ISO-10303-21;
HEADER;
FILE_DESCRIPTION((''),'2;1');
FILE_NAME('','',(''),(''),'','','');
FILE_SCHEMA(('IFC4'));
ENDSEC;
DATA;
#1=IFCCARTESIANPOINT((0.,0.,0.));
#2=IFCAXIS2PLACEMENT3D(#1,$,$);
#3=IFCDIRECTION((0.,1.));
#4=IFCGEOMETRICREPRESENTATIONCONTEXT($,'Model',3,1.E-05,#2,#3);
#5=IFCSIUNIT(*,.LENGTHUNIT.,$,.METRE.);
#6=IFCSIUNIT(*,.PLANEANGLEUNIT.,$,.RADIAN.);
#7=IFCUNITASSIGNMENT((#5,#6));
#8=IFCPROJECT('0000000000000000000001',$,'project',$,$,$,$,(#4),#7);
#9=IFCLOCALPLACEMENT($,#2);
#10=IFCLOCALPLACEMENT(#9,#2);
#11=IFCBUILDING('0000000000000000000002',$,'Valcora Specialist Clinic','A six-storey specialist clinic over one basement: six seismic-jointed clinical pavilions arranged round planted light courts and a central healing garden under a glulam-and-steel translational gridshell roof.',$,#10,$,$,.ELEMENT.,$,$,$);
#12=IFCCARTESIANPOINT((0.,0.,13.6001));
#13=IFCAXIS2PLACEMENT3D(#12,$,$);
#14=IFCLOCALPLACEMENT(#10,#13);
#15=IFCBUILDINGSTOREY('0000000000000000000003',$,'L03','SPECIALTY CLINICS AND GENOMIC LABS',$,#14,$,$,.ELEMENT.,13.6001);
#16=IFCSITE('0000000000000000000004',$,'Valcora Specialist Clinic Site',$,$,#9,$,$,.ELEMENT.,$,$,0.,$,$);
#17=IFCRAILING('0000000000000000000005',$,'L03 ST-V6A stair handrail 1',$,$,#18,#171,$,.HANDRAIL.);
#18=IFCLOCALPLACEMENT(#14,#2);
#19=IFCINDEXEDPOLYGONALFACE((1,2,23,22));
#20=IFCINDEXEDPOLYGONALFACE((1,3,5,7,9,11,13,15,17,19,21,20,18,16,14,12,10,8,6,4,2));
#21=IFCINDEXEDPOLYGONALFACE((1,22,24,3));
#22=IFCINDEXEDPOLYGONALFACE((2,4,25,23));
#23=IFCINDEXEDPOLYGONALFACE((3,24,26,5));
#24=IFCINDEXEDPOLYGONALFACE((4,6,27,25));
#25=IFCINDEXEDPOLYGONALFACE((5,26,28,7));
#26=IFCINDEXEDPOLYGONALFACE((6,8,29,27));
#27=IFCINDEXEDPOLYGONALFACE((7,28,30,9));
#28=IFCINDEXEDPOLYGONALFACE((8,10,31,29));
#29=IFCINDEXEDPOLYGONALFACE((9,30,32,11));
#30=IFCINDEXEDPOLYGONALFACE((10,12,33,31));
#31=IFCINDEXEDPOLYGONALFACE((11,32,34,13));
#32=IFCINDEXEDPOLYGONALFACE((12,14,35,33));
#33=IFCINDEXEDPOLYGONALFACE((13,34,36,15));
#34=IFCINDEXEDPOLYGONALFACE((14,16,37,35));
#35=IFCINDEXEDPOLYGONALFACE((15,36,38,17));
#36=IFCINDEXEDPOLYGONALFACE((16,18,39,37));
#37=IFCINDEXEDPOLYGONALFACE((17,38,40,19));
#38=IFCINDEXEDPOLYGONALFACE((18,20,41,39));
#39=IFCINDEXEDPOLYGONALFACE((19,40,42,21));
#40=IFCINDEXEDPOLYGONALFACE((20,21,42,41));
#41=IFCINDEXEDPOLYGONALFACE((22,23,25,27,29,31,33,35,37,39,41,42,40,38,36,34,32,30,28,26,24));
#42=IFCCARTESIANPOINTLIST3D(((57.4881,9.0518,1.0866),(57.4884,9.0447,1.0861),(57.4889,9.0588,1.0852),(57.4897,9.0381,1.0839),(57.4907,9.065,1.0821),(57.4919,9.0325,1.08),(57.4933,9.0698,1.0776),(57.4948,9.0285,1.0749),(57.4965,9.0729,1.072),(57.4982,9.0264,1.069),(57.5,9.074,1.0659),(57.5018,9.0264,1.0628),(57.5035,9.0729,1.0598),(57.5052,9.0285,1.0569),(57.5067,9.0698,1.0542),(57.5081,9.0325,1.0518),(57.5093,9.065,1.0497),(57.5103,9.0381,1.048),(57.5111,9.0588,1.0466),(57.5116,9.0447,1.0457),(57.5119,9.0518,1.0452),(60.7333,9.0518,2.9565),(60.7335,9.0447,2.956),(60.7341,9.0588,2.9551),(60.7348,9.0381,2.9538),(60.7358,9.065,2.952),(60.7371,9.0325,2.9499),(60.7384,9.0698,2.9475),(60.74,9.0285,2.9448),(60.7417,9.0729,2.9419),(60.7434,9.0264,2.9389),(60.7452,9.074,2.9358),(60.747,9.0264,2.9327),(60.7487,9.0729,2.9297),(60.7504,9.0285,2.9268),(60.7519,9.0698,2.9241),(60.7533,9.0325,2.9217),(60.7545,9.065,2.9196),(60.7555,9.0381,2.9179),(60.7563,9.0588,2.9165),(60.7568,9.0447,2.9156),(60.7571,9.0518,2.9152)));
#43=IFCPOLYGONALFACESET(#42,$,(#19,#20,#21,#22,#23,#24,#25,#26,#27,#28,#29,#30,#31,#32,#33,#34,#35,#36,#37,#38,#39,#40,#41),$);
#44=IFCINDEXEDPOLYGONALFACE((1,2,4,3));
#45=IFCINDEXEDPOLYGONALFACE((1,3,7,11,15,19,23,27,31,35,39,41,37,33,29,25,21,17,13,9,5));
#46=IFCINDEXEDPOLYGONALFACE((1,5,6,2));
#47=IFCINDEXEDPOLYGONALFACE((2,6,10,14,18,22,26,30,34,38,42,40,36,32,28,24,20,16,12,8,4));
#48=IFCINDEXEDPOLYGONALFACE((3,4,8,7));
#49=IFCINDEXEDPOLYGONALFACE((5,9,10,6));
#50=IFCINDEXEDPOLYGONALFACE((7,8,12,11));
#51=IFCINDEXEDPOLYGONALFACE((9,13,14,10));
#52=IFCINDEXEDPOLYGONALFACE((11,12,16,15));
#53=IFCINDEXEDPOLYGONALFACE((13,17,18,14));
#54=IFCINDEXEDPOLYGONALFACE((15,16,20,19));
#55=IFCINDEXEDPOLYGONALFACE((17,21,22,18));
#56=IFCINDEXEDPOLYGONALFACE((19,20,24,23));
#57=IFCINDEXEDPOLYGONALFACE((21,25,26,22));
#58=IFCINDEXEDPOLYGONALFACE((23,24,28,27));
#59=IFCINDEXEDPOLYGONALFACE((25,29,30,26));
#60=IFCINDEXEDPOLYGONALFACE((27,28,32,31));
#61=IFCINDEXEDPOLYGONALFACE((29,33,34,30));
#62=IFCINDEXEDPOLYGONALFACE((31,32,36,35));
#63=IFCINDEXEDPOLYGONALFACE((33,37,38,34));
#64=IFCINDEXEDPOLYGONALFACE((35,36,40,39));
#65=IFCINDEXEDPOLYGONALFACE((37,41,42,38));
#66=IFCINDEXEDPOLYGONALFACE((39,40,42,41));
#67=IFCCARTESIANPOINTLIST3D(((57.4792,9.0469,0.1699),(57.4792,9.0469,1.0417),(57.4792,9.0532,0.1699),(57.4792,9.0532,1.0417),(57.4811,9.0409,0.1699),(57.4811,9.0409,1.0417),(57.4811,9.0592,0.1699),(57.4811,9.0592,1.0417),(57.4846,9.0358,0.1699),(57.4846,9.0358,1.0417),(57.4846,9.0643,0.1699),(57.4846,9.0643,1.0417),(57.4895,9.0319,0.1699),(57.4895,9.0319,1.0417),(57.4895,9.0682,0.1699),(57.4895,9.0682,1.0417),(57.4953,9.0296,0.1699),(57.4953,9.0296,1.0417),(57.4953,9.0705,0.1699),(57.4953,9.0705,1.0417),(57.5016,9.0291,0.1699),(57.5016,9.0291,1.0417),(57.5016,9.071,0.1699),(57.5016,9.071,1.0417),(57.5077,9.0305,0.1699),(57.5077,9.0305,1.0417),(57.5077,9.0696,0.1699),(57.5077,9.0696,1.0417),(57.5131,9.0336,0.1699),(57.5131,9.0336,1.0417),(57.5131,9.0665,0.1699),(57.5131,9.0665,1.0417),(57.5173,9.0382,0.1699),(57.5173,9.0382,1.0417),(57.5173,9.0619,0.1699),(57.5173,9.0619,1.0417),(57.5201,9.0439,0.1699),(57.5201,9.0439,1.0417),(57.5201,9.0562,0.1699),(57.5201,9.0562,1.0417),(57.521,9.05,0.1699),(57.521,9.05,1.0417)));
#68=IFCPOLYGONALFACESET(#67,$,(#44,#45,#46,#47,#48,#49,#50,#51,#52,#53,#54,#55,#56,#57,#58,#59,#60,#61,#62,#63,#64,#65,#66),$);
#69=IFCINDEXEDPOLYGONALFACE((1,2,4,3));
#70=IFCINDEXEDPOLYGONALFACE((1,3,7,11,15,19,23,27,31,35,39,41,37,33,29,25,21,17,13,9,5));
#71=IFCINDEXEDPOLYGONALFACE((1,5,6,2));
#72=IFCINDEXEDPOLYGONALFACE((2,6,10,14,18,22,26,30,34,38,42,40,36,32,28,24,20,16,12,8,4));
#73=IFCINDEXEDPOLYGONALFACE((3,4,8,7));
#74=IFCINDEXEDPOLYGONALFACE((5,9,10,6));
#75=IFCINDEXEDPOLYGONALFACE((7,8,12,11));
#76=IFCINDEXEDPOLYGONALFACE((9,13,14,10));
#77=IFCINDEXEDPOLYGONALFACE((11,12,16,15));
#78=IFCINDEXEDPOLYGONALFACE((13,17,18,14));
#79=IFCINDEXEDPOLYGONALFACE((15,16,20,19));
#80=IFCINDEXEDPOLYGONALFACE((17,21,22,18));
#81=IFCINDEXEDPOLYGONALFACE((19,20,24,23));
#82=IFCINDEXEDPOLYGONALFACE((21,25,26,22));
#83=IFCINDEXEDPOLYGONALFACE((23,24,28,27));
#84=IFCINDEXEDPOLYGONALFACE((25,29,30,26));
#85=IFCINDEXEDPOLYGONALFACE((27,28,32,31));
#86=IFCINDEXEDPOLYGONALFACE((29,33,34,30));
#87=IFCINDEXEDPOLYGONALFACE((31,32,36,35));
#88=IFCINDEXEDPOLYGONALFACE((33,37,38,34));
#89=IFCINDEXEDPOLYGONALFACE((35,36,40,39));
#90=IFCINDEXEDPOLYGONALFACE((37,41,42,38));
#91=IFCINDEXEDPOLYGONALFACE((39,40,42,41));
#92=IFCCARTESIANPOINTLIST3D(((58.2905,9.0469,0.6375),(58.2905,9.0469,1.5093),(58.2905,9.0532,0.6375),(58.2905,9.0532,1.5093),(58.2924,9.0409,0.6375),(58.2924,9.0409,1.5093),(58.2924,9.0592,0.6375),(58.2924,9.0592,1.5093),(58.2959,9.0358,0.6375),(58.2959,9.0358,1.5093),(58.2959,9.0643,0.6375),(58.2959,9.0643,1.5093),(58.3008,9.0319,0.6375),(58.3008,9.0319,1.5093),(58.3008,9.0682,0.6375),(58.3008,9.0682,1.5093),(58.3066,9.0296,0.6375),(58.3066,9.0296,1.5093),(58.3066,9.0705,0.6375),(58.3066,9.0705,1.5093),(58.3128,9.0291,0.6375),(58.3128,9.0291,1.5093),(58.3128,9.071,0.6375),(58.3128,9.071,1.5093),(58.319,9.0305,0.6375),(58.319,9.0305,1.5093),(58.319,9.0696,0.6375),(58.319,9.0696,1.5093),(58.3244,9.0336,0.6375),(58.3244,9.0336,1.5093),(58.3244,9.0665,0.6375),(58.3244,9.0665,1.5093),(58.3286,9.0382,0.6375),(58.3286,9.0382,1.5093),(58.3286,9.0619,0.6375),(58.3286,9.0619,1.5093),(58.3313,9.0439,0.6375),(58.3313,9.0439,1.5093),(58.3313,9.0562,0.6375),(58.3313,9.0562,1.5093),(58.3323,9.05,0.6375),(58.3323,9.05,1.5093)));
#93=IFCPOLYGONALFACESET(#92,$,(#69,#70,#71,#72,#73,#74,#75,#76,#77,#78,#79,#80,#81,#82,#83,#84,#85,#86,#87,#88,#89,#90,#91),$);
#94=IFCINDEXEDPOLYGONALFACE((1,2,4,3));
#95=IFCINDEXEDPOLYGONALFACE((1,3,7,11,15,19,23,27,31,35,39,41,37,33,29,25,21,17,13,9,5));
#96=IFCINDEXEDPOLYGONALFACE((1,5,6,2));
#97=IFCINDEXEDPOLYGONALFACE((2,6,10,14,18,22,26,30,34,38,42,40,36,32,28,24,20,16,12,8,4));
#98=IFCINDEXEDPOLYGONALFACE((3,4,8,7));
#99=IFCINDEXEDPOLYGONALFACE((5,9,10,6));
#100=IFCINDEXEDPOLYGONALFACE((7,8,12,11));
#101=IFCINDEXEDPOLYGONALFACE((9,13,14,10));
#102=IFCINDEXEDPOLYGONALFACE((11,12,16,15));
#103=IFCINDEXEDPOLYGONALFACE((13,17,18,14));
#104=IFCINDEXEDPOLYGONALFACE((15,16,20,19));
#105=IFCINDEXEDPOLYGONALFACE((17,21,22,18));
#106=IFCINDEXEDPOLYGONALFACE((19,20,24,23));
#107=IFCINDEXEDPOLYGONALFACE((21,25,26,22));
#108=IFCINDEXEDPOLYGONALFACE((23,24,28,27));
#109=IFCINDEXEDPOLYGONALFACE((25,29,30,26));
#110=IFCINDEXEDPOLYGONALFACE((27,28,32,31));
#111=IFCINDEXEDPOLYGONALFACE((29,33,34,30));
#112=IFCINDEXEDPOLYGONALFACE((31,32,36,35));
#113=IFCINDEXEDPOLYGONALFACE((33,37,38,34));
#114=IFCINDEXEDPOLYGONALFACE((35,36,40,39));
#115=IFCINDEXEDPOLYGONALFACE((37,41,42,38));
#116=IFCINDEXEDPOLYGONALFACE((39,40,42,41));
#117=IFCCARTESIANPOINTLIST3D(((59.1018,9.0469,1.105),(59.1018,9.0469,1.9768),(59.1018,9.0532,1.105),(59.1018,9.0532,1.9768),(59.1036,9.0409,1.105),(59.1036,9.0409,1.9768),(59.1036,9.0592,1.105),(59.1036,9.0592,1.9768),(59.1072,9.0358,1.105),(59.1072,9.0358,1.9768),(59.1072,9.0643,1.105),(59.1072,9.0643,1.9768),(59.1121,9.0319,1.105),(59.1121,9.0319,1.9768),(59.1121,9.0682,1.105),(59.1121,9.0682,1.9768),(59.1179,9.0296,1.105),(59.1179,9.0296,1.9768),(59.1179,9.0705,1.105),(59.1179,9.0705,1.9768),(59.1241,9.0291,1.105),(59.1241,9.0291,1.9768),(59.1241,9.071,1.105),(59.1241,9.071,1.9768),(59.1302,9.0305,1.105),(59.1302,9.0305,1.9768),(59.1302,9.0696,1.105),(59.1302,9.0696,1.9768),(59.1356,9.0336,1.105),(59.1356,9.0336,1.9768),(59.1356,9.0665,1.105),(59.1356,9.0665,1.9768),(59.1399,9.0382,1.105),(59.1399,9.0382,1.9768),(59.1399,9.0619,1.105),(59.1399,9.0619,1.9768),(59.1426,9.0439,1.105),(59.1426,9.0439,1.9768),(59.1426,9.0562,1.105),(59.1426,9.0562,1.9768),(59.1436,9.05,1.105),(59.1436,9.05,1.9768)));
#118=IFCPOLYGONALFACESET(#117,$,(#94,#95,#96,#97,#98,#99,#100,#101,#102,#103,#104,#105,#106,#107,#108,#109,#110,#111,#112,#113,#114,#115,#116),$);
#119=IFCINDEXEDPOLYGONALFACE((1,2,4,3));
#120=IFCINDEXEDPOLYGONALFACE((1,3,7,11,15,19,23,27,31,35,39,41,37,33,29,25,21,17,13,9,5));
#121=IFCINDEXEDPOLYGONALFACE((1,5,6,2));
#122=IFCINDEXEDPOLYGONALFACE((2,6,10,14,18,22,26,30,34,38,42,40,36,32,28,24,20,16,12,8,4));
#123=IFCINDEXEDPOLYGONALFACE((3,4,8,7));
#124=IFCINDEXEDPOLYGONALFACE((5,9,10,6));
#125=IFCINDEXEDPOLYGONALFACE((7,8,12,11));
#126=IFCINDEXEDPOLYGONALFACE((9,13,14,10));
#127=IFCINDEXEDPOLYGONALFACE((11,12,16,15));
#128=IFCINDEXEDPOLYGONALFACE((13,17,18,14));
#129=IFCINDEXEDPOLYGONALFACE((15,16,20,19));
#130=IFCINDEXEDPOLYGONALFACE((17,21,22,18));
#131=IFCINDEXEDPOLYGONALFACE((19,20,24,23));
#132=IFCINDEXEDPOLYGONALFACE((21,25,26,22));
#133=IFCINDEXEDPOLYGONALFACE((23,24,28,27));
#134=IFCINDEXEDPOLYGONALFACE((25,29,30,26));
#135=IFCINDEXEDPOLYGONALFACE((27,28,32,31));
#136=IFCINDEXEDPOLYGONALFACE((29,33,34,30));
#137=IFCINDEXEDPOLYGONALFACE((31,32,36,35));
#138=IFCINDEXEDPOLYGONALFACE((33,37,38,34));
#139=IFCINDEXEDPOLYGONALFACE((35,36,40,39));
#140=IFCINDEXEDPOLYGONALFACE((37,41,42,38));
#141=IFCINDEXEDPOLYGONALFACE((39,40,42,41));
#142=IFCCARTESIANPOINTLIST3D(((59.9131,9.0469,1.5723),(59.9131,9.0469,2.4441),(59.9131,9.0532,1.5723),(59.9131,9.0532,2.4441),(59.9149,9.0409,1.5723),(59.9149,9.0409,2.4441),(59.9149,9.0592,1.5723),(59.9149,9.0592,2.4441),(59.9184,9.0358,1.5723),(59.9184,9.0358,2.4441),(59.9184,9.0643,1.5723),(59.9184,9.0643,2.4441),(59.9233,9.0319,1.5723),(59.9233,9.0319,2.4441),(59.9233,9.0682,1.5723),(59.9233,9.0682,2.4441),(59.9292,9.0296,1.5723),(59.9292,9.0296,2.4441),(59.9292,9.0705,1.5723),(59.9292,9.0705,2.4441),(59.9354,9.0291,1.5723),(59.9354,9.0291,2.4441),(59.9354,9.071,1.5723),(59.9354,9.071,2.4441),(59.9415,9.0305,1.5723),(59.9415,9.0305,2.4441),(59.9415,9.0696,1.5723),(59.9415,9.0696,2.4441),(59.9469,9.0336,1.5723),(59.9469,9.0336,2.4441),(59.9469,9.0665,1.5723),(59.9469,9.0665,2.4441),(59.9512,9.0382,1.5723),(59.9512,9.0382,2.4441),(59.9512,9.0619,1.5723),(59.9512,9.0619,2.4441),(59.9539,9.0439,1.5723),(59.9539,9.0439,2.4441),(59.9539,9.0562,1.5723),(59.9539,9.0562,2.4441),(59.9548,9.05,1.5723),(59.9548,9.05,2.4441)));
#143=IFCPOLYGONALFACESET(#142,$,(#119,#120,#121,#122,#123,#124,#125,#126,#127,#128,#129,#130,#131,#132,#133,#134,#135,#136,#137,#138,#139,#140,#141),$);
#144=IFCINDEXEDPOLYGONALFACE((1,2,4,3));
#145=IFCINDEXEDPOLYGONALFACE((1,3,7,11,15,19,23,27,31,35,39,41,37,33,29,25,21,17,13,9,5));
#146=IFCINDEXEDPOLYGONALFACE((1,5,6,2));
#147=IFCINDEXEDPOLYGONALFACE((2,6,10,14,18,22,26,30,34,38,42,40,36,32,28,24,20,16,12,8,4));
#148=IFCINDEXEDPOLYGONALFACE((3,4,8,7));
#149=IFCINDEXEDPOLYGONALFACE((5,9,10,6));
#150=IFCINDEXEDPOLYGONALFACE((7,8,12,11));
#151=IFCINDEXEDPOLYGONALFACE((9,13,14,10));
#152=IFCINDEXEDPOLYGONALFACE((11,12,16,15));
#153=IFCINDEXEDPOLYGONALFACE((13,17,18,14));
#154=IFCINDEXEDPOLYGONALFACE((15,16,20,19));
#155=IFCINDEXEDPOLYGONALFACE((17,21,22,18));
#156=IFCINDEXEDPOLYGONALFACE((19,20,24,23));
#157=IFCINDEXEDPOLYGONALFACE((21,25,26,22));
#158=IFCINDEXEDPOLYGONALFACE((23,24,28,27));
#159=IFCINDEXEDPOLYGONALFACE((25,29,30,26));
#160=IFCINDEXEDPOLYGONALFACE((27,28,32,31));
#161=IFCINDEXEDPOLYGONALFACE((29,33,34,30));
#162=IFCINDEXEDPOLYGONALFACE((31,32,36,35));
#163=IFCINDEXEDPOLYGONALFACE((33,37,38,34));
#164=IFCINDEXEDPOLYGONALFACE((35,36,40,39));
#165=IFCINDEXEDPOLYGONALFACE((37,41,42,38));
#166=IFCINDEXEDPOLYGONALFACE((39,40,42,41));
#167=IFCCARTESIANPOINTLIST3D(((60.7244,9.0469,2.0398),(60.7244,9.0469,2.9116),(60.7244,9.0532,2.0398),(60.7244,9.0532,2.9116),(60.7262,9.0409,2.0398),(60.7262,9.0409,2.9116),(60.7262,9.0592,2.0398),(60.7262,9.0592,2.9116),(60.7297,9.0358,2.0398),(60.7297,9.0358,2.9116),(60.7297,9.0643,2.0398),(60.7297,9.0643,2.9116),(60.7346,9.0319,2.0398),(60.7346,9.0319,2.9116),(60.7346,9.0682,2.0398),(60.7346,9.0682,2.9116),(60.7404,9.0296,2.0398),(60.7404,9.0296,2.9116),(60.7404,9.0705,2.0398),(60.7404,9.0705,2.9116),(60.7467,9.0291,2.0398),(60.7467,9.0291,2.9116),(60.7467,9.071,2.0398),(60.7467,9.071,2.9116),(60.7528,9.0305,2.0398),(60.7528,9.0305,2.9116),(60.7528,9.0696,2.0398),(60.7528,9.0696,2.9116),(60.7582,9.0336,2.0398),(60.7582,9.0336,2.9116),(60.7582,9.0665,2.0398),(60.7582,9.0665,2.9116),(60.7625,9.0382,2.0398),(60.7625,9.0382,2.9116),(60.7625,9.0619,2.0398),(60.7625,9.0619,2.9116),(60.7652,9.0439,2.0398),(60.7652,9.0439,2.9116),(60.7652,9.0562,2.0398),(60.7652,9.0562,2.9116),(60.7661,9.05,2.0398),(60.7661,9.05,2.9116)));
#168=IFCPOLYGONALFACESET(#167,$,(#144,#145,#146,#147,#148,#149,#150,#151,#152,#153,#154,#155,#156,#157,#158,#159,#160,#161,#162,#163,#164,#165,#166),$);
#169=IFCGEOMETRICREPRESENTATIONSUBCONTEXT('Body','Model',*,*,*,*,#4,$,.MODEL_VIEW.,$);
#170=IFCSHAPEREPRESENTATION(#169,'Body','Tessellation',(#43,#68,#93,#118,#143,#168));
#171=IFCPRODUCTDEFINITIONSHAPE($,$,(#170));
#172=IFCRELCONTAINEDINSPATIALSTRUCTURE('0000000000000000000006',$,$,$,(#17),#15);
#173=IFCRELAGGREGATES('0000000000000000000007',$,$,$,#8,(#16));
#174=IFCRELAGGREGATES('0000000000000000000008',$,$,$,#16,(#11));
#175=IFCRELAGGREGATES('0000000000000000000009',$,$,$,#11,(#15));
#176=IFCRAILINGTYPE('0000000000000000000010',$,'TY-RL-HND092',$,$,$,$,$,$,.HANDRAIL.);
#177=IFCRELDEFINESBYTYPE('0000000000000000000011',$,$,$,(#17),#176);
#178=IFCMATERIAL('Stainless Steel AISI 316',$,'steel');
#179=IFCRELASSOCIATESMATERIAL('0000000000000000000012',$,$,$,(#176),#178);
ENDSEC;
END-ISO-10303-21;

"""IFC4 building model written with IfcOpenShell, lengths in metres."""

from ifc_helpers import new_model, si_unit, direction, frame, origin, origin_2d, place, context, subcontext, project, spatial, circle, extrude, material, type_object, element, save


model = new_model("IFC4")

# Units and contexts
model_context = context("Model", 3, precision=1e-05, world=origin(), true_north=direction((0.0, 1.0)))
body_context = subcontext(model_context, "Body", "Model", "MODEL_VIEW")
ifc_project = project(units=[si_unit("LENGTHUNIT", "METRE"), si_unit("PLANEANGLEUNIT", "RADIAN")], contexts=[model_context])

# Site, building, storey
site_placement = place(None, origin())
site = spatial("IfcSite", under=ifc_project, at=site_placement, Name="Valcora Specialist Clinic Site", CompositionType="ELEMENT", RefElevation=0.0)
building_placement = place(site_placement, origin())
building = spatial("IfcBuilding", under=site, at=building_placement, Name="Valcora Specialist Clinic", Description="A six-storey specialist clinic over one basement: six seismic-jointed clinical pavilions arranged round planted light courts and a central healing garden under a glulam-and-steel translational gridshell roof.", CompositionType="ELEMENT")
storey_placement = place(building_placement, frame((0.0, 0.0, 13.6001)))
storey = spatial("IfcBuildingStorey", under=building, at=storey_placement, Name="L03", Description="SPECIALTY CLINICS AND GENOMIC LABS", CompositionType="ELEMENT", Elevation=13.6001)

# Railing
ifc_material_1 = material(Name="Stainless Steel AISI 316", Category="steel")
railing_type_1 = type_object("IfcRailingType", Name="TY-RL-HND092", PredefinedType="HANDRAIL", material=ifc_material_1)
railing_1_placement = place(storey_placement, frame((57.5, 9.05, 0.1699)))
element("IfcRailing", 1, at=railing_1_placement, inside=storey, type_object=railing_type_1, Name="L03 ST-V6A stair handrail 1", PredefinedType="HANDRAIL", context=body_context, shape_type="SweptSolid", body=[
    extrude(circle(Radius=0.0239, at=origin_2d()), frame((0.0, 0.0, 0.896), z_axis=(0.866452, 0.0, 0.49926), x_axis=(0.0, 1.0, 0.0)), (0.0, 0.0, 1.0), 3.7454),
    extrude(circle(Radius=0.021, at=origin_2d()), origin(), (0.0, 0.0, 1.0), 0.8718),
    extrude(circle(Radius=0.021, at=origin_2d()), frame((0.8113, 0.0, 0.4675)), (0.0, 0.0, 1.0), 0.8718),
    extrude(circle(Radius=0.021, at=origin_2d()), frame((1.6226, 0.0, 0.9351)), (0.0, 0.0, 1.0), 0.8718),
    extrude(circle(Radius=0.021, at=origin_2d()), frame((2.4338, 0.0, 1.4023)), (0.0, 0.0, 1.0), 0.8718),
    extrude(circle(Radius=0.021, at=origin_2d()), frame((3.2451, 0.0, 1.8699)), (0.0, 0.0, 1.0), 0.8718),
])

save(model, "model.ifc")
